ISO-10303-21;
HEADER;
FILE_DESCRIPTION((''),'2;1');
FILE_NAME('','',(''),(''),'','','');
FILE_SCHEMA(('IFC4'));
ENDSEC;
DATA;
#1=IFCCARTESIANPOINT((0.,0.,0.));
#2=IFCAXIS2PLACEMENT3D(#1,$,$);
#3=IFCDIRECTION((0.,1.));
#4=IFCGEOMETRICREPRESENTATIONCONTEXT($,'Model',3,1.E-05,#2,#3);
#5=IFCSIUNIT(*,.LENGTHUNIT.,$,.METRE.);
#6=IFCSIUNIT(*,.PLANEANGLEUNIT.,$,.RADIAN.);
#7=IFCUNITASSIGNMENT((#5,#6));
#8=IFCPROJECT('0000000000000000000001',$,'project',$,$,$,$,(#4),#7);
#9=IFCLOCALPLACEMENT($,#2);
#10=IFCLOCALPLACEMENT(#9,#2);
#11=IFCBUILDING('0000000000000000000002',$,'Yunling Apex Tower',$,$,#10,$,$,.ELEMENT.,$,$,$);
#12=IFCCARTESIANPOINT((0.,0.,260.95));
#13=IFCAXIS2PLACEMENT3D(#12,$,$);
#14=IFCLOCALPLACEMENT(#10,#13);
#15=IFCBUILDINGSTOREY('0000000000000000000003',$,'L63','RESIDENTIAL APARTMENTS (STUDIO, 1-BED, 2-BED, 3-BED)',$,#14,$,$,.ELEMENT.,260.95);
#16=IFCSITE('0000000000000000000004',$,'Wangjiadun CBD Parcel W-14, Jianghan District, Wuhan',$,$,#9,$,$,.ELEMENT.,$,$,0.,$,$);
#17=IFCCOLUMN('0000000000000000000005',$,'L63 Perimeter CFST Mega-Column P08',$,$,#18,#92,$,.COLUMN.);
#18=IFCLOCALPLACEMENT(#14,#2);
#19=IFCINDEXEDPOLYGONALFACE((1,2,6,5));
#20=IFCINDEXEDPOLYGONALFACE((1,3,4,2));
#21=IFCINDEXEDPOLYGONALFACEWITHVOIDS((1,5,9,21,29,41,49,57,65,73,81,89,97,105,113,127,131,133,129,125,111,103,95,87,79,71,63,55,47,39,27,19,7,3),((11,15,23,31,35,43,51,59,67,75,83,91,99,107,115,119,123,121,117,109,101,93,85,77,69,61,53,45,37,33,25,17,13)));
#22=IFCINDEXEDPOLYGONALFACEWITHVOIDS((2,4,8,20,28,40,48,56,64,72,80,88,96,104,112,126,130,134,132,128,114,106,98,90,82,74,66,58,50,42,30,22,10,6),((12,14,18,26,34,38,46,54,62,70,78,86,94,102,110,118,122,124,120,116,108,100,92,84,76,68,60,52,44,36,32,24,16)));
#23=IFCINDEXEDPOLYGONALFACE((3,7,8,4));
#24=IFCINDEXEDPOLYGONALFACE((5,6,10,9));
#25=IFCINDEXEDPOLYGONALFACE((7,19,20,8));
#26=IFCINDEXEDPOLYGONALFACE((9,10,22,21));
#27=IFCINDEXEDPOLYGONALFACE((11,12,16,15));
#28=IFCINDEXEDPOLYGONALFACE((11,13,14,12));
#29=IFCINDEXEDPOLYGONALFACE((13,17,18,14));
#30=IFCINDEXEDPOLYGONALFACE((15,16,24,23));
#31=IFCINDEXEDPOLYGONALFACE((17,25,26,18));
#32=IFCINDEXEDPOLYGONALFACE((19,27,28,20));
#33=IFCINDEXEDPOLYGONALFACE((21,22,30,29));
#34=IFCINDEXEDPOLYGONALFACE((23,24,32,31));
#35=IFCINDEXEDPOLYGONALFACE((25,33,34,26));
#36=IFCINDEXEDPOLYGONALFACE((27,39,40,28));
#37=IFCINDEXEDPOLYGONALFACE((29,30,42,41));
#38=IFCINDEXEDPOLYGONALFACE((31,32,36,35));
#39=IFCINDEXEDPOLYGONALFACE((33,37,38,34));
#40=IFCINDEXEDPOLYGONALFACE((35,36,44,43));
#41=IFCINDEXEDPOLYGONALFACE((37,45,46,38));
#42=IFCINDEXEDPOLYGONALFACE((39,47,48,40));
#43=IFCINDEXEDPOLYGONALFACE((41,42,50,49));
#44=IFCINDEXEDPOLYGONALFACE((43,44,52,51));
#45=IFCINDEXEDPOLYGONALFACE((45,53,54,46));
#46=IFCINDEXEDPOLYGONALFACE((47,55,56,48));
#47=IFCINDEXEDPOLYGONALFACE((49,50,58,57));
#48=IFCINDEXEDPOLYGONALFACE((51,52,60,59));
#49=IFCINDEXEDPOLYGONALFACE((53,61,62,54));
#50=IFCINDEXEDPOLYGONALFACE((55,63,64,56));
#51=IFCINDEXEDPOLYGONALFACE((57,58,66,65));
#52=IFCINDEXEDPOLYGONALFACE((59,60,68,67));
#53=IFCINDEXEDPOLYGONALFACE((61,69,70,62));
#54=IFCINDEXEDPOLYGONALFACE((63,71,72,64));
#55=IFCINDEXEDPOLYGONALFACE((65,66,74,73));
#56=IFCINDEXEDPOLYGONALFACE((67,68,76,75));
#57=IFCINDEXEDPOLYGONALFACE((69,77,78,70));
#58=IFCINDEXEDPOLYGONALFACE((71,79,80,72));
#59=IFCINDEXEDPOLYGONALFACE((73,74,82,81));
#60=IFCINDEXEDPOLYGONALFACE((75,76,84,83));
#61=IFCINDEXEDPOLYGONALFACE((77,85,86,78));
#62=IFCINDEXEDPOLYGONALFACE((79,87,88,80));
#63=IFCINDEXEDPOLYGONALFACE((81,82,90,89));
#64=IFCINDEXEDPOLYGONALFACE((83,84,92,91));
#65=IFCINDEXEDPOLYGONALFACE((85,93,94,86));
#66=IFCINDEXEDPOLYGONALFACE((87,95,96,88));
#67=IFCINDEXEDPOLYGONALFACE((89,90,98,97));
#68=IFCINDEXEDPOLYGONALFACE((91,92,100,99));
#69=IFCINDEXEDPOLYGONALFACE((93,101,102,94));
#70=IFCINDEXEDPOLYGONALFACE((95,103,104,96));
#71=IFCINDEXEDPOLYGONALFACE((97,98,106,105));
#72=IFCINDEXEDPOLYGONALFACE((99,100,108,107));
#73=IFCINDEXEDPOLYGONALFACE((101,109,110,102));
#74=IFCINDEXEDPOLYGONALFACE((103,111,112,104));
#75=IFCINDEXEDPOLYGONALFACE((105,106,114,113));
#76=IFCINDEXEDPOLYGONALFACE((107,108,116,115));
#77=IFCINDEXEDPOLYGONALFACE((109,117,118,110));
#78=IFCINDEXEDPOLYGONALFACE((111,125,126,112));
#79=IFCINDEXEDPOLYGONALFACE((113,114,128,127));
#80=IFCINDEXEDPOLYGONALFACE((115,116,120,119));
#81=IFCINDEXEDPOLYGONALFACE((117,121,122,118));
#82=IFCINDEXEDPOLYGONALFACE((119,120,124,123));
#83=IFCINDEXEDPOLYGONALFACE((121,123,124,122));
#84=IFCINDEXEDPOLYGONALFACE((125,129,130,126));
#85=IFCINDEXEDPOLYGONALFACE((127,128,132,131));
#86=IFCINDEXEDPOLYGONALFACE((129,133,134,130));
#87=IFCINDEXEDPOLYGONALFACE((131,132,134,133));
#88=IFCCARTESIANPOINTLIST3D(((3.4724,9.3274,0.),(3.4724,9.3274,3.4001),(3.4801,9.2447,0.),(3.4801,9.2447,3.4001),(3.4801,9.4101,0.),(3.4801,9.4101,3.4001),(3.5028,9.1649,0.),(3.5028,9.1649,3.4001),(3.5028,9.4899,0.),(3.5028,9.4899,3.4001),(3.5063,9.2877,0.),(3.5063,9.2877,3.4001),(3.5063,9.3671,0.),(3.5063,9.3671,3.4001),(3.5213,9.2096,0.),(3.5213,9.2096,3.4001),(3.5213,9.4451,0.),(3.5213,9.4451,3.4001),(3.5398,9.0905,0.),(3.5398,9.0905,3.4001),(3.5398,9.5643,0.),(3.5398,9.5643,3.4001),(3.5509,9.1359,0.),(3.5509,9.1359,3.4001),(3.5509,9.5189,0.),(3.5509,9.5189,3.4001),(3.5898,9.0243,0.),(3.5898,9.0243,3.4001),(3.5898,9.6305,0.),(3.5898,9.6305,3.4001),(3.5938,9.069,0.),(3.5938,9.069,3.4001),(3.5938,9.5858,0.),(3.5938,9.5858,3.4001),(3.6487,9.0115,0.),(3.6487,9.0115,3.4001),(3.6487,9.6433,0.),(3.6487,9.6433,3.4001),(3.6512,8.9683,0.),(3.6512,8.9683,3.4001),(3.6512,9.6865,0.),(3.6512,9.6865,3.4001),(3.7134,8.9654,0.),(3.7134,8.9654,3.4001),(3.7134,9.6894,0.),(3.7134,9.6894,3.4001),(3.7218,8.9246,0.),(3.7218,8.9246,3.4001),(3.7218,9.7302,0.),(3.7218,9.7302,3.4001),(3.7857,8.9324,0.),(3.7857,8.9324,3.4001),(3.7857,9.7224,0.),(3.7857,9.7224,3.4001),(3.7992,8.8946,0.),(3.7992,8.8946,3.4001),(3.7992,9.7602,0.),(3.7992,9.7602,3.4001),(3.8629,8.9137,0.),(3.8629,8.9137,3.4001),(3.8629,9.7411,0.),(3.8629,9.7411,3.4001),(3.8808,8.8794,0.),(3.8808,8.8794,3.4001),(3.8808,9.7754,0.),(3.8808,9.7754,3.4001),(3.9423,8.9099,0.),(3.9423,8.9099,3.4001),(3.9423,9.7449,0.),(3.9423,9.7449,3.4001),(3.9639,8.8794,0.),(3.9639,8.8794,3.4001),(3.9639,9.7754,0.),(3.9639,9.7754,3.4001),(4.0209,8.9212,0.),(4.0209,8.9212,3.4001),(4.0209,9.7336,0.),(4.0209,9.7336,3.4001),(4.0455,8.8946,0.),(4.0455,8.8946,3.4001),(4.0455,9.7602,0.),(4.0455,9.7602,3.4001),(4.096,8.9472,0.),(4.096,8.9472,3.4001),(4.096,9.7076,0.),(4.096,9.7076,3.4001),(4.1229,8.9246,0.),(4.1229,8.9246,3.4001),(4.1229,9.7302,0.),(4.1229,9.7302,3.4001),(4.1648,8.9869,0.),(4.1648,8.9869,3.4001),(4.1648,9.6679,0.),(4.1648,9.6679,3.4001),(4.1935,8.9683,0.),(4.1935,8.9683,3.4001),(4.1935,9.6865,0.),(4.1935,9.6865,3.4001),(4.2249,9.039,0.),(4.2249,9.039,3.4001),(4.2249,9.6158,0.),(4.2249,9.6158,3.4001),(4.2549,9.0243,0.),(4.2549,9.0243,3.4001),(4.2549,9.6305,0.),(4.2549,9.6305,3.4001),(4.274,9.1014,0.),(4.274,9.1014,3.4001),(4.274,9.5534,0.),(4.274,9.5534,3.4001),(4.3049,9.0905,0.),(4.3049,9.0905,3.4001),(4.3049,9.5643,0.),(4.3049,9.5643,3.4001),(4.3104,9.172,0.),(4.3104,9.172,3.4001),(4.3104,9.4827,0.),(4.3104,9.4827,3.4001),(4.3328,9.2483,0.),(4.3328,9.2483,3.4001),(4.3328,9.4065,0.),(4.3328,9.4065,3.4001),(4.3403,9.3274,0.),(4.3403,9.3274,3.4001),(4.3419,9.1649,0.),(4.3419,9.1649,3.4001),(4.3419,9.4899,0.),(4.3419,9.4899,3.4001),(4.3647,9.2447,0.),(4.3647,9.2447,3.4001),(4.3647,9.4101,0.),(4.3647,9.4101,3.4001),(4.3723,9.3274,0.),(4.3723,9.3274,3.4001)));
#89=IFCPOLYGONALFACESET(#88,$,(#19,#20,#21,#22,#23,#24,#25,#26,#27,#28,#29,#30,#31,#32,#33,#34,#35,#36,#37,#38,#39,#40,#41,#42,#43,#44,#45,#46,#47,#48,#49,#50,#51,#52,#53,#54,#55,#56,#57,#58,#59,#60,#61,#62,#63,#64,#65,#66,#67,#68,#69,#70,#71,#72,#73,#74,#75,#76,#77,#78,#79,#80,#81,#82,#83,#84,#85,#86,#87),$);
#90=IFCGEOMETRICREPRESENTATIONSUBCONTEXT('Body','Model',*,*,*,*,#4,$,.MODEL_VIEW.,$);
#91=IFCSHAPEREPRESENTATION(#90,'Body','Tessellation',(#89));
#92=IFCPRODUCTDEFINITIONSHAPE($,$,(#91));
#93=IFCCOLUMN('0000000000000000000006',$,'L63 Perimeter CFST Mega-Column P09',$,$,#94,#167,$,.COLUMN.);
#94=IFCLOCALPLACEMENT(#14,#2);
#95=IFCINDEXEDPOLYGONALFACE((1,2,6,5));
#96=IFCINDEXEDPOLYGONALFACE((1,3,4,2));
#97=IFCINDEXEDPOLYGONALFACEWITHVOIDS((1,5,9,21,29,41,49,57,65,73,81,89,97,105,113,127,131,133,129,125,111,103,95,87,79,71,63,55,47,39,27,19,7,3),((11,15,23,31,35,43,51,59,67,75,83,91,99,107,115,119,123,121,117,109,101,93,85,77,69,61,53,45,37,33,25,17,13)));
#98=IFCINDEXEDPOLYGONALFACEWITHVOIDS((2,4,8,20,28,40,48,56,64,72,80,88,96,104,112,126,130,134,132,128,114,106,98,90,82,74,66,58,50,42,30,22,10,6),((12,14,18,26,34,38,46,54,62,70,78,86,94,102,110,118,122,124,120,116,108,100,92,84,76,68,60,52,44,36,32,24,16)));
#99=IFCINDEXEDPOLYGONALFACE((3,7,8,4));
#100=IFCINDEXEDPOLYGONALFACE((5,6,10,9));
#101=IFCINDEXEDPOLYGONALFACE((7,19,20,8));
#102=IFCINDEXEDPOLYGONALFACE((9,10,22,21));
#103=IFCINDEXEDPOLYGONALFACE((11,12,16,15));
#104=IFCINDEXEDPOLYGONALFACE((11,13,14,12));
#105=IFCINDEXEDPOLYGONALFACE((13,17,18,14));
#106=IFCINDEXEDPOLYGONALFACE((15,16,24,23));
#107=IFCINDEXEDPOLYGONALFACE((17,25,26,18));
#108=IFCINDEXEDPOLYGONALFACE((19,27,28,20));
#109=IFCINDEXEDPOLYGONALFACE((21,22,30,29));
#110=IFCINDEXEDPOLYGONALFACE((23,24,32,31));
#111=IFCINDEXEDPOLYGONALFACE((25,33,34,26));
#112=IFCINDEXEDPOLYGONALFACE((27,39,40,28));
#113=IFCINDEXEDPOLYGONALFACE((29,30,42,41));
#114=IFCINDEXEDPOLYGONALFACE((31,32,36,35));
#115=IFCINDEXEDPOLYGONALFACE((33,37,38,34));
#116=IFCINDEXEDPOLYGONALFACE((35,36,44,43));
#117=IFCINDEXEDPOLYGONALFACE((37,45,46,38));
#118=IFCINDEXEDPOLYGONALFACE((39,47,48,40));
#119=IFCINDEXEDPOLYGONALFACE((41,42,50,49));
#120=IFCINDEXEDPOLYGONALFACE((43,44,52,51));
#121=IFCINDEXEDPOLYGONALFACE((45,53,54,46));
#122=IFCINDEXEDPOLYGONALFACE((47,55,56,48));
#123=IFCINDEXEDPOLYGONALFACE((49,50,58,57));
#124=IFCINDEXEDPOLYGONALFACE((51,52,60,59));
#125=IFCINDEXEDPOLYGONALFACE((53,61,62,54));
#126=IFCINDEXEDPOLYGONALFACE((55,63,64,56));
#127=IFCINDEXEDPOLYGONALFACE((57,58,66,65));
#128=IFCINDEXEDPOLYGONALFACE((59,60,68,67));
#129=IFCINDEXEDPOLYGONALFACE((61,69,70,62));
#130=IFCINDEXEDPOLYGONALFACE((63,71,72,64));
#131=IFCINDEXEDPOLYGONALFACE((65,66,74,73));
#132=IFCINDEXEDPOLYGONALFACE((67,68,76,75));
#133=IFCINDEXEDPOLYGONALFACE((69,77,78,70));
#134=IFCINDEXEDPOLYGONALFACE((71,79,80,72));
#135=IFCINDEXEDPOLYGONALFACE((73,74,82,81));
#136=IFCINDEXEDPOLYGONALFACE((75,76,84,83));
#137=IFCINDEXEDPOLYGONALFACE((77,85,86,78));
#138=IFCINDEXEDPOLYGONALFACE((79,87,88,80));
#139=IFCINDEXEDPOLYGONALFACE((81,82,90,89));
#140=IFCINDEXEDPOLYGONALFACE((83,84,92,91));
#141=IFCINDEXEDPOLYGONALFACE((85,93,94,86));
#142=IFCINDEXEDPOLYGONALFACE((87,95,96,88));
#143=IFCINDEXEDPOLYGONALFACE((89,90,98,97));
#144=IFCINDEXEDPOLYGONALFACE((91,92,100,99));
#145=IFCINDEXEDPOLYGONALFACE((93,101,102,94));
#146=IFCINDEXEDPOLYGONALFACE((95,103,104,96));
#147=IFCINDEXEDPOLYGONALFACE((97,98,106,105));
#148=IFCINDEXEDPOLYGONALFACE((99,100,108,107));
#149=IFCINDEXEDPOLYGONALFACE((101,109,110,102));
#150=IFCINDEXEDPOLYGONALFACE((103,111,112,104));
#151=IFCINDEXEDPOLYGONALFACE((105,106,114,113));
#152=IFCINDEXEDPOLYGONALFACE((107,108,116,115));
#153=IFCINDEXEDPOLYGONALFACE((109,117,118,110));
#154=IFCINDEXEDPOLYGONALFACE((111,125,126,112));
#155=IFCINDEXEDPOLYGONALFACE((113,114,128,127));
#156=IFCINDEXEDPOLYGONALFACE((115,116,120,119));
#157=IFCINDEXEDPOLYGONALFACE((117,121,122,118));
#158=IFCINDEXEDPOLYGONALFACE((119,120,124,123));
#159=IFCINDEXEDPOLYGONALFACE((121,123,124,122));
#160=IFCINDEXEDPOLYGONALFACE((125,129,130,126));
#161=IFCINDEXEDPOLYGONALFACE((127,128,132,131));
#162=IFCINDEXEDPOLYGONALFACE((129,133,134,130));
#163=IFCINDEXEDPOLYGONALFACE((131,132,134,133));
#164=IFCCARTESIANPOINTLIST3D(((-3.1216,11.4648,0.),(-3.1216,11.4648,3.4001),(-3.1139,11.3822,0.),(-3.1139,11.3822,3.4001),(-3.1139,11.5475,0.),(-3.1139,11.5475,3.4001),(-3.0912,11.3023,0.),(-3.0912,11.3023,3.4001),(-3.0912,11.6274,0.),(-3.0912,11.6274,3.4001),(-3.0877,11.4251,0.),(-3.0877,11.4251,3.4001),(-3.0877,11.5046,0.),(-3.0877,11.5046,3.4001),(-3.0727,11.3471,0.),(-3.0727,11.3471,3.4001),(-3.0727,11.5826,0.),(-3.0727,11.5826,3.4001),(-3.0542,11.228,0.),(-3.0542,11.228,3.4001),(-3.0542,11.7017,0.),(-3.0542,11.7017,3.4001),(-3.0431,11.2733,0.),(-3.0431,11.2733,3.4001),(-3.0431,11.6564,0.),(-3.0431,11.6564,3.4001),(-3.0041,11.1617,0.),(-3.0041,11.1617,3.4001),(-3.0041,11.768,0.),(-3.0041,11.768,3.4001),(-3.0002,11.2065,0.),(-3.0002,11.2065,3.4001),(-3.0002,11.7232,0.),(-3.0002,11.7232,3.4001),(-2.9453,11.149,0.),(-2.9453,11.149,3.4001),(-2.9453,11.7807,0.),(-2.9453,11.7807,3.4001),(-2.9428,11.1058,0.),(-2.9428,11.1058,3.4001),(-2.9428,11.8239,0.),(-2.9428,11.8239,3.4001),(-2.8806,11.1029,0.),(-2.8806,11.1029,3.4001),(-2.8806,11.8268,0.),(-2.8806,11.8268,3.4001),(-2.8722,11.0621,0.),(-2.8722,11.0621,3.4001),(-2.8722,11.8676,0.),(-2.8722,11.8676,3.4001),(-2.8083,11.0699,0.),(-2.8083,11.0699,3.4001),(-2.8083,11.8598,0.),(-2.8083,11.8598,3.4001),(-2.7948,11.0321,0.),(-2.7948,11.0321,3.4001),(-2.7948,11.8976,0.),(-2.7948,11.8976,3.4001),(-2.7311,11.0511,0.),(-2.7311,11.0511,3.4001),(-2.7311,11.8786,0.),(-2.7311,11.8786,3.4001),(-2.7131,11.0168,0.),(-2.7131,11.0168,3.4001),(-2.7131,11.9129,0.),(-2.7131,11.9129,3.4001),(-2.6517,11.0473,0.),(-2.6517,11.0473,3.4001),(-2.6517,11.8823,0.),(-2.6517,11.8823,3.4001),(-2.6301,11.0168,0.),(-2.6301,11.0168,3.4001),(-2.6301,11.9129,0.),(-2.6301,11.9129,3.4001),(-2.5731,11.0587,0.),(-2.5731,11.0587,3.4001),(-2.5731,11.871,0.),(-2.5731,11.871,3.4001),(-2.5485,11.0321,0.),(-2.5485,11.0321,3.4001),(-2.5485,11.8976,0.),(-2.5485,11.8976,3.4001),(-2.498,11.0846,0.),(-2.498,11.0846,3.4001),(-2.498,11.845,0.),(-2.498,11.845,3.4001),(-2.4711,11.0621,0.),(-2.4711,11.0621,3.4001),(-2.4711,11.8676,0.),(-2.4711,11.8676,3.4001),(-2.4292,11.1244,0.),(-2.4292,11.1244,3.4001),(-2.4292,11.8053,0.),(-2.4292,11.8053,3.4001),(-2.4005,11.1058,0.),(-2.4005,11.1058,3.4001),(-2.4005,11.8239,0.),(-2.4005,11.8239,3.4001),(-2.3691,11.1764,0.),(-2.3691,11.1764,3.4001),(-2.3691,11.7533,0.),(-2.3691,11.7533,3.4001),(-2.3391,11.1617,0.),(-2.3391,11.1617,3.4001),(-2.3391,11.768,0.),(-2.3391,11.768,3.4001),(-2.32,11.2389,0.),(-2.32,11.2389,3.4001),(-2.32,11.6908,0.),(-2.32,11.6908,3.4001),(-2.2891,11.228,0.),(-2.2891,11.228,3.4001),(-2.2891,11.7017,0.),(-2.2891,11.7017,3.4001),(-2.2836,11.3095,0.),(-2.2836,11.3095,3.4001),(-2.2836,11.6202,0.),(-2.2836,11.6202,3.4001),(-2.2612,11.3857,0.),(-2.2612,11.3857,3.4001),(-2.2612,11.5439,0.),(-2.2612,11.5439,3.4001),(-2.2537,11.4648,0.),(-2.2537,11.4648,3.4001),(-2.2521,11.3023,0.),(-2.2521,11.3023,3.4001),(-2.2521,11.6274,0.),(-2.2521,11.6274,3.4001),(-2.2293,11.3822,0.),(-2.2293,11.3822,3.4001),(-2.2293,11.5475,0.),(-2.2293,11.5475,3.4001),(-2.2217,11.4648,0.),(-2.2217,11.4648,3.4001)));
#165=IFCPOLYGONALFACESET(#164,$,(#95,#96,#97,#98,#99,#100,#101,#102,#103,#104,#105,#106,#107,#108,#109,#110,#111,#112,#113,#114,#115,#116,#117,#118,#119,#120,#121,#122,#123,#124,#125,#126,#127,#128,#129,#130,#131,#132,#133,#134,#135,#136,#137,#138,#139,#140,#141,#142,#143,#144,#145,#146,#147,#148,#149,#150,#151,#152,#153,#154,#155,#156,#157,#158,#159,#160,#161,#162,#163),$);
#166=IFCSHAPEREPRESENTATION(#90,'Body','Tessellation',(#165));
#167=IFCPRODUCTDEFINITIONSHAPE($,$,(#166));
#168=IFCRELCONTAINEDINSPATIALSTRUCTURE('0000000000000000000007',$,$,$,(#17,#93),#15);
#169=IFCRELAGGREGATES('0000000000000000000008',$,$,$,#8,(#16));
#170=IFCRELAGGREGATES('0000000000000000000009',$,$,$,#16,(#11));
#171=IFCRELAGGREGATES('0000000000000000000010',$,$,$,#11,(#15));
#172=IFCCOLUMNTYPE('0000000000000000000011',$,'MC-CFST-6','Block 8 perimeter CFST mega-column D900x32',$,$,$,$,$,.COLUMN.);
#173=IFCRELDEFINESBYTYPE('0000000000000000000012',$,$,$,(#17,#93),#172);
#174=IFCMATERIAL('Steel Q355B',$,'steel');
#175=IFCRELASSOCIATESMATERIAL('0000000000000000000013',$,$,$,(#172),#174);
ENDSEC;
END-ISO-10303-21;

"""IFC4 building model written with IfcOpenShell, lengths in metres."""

from ifc_helpers import new_model, si_unit, direction, frame, origin, origin_2d, place, context, subcontext, project, spatial, hollow_circle, extrude, source, transform, mapped, material, material_profile, profile_set, type_object, element, save


model = new_model("IFC4")

# Units and contexts
model_context = context("Model", 3, precision=1e-05, world=origin(), true_north=direction((0.0, 1.0)))
body_context = subcontext(model_context, "Body", "Model", "MODEL_VIEW")
ifc_project = project(units=[si_unit("LENGTHUNIT", "METRE"), si_unit("PLANEANGLEUNIT", "RADIAN")], contexts=[model_context])

# Site, building, storey
site_placement = place(None, origin())
site = spatial("IfcSite", under=ifc_project, at=site_placement, Name="Wangjiadun CBD Parcel W-14, Jianghan District, Wuhan", CompositionType="ELEMENT", RefElevation=0.0)
building_placement = place(site_placement, origin())
building = spatial("IfcBuilding", under=site, at=building_placement, Name="Yunling Apex Tower", CompositionType="ELEMENT")
storey_placement = place(building_placement, frame((0.0, 0.0, 260.95)))
storey = spatial("IfcBuildingStorey", under=building, at=storey_placement, Name="L63", Description="RESIDENTIAL APARTMENTS (STUDIO, 1-BED, 2-BED, 3-BED)", CompositionType="ELEMENT", Elevation=260.95)

# Columns
ifc_material_1 = material(Name="Steel Q355B", Category="steel")
ifc_material_profile_1 = material_profile(ifc_material_1, hollow_circle(Radius=0.45, WallThickness=0.032, at=origin_2d()))
ifc_profile_set_1 = profile_set([ifc_material_profile_1], Name="Steel Q355B")
column_type = type_object("IfcColumnType", Name="MC-CFST-6", Description="Block 8 perimeter CFST mega-column D900x32", PredefinedType="COLUMN", material=ifc_profile_set_1)
shared_shape_1 = source(origin(), body_context, "Body", "SweptSolid", [
    extrude(hollow_circle(Radius=0.45, WallThickness=0.032, at=origin_2d()), origin(), (0.0, 0.0, 1.0), 3.4001),
])
for number, where, z_axis, x_axis, name in (
    (1, (3.9224, 9.3274, 0.0), (0.0, 0.0, 1.0), (1.0, 0.0, 0.0), "L63 Perimeter CFST Mega-Column P08"),
    (2, (-2.6716, 11.4648, 0.0), (0.0, 0.0, 1.0), (1.0, 0.0, 0.0), "L63 Perimeter CFST Mega-Column P09"),
):
    element("IfcColumn", number, at=place(storey_placement, frame(where, z_axis=z_axis, x_axis=x_axis)), inside=storey, type_object=column_type, Name=name, PredefinedType="COLUMN", context=body_context, shape_type="MappedRepresentation", body=[
        mapped(shared_shape_1, transform((0.0, 0.0, 0.0), scale=1.0)),
    ])

save(model, "model.ifc")
